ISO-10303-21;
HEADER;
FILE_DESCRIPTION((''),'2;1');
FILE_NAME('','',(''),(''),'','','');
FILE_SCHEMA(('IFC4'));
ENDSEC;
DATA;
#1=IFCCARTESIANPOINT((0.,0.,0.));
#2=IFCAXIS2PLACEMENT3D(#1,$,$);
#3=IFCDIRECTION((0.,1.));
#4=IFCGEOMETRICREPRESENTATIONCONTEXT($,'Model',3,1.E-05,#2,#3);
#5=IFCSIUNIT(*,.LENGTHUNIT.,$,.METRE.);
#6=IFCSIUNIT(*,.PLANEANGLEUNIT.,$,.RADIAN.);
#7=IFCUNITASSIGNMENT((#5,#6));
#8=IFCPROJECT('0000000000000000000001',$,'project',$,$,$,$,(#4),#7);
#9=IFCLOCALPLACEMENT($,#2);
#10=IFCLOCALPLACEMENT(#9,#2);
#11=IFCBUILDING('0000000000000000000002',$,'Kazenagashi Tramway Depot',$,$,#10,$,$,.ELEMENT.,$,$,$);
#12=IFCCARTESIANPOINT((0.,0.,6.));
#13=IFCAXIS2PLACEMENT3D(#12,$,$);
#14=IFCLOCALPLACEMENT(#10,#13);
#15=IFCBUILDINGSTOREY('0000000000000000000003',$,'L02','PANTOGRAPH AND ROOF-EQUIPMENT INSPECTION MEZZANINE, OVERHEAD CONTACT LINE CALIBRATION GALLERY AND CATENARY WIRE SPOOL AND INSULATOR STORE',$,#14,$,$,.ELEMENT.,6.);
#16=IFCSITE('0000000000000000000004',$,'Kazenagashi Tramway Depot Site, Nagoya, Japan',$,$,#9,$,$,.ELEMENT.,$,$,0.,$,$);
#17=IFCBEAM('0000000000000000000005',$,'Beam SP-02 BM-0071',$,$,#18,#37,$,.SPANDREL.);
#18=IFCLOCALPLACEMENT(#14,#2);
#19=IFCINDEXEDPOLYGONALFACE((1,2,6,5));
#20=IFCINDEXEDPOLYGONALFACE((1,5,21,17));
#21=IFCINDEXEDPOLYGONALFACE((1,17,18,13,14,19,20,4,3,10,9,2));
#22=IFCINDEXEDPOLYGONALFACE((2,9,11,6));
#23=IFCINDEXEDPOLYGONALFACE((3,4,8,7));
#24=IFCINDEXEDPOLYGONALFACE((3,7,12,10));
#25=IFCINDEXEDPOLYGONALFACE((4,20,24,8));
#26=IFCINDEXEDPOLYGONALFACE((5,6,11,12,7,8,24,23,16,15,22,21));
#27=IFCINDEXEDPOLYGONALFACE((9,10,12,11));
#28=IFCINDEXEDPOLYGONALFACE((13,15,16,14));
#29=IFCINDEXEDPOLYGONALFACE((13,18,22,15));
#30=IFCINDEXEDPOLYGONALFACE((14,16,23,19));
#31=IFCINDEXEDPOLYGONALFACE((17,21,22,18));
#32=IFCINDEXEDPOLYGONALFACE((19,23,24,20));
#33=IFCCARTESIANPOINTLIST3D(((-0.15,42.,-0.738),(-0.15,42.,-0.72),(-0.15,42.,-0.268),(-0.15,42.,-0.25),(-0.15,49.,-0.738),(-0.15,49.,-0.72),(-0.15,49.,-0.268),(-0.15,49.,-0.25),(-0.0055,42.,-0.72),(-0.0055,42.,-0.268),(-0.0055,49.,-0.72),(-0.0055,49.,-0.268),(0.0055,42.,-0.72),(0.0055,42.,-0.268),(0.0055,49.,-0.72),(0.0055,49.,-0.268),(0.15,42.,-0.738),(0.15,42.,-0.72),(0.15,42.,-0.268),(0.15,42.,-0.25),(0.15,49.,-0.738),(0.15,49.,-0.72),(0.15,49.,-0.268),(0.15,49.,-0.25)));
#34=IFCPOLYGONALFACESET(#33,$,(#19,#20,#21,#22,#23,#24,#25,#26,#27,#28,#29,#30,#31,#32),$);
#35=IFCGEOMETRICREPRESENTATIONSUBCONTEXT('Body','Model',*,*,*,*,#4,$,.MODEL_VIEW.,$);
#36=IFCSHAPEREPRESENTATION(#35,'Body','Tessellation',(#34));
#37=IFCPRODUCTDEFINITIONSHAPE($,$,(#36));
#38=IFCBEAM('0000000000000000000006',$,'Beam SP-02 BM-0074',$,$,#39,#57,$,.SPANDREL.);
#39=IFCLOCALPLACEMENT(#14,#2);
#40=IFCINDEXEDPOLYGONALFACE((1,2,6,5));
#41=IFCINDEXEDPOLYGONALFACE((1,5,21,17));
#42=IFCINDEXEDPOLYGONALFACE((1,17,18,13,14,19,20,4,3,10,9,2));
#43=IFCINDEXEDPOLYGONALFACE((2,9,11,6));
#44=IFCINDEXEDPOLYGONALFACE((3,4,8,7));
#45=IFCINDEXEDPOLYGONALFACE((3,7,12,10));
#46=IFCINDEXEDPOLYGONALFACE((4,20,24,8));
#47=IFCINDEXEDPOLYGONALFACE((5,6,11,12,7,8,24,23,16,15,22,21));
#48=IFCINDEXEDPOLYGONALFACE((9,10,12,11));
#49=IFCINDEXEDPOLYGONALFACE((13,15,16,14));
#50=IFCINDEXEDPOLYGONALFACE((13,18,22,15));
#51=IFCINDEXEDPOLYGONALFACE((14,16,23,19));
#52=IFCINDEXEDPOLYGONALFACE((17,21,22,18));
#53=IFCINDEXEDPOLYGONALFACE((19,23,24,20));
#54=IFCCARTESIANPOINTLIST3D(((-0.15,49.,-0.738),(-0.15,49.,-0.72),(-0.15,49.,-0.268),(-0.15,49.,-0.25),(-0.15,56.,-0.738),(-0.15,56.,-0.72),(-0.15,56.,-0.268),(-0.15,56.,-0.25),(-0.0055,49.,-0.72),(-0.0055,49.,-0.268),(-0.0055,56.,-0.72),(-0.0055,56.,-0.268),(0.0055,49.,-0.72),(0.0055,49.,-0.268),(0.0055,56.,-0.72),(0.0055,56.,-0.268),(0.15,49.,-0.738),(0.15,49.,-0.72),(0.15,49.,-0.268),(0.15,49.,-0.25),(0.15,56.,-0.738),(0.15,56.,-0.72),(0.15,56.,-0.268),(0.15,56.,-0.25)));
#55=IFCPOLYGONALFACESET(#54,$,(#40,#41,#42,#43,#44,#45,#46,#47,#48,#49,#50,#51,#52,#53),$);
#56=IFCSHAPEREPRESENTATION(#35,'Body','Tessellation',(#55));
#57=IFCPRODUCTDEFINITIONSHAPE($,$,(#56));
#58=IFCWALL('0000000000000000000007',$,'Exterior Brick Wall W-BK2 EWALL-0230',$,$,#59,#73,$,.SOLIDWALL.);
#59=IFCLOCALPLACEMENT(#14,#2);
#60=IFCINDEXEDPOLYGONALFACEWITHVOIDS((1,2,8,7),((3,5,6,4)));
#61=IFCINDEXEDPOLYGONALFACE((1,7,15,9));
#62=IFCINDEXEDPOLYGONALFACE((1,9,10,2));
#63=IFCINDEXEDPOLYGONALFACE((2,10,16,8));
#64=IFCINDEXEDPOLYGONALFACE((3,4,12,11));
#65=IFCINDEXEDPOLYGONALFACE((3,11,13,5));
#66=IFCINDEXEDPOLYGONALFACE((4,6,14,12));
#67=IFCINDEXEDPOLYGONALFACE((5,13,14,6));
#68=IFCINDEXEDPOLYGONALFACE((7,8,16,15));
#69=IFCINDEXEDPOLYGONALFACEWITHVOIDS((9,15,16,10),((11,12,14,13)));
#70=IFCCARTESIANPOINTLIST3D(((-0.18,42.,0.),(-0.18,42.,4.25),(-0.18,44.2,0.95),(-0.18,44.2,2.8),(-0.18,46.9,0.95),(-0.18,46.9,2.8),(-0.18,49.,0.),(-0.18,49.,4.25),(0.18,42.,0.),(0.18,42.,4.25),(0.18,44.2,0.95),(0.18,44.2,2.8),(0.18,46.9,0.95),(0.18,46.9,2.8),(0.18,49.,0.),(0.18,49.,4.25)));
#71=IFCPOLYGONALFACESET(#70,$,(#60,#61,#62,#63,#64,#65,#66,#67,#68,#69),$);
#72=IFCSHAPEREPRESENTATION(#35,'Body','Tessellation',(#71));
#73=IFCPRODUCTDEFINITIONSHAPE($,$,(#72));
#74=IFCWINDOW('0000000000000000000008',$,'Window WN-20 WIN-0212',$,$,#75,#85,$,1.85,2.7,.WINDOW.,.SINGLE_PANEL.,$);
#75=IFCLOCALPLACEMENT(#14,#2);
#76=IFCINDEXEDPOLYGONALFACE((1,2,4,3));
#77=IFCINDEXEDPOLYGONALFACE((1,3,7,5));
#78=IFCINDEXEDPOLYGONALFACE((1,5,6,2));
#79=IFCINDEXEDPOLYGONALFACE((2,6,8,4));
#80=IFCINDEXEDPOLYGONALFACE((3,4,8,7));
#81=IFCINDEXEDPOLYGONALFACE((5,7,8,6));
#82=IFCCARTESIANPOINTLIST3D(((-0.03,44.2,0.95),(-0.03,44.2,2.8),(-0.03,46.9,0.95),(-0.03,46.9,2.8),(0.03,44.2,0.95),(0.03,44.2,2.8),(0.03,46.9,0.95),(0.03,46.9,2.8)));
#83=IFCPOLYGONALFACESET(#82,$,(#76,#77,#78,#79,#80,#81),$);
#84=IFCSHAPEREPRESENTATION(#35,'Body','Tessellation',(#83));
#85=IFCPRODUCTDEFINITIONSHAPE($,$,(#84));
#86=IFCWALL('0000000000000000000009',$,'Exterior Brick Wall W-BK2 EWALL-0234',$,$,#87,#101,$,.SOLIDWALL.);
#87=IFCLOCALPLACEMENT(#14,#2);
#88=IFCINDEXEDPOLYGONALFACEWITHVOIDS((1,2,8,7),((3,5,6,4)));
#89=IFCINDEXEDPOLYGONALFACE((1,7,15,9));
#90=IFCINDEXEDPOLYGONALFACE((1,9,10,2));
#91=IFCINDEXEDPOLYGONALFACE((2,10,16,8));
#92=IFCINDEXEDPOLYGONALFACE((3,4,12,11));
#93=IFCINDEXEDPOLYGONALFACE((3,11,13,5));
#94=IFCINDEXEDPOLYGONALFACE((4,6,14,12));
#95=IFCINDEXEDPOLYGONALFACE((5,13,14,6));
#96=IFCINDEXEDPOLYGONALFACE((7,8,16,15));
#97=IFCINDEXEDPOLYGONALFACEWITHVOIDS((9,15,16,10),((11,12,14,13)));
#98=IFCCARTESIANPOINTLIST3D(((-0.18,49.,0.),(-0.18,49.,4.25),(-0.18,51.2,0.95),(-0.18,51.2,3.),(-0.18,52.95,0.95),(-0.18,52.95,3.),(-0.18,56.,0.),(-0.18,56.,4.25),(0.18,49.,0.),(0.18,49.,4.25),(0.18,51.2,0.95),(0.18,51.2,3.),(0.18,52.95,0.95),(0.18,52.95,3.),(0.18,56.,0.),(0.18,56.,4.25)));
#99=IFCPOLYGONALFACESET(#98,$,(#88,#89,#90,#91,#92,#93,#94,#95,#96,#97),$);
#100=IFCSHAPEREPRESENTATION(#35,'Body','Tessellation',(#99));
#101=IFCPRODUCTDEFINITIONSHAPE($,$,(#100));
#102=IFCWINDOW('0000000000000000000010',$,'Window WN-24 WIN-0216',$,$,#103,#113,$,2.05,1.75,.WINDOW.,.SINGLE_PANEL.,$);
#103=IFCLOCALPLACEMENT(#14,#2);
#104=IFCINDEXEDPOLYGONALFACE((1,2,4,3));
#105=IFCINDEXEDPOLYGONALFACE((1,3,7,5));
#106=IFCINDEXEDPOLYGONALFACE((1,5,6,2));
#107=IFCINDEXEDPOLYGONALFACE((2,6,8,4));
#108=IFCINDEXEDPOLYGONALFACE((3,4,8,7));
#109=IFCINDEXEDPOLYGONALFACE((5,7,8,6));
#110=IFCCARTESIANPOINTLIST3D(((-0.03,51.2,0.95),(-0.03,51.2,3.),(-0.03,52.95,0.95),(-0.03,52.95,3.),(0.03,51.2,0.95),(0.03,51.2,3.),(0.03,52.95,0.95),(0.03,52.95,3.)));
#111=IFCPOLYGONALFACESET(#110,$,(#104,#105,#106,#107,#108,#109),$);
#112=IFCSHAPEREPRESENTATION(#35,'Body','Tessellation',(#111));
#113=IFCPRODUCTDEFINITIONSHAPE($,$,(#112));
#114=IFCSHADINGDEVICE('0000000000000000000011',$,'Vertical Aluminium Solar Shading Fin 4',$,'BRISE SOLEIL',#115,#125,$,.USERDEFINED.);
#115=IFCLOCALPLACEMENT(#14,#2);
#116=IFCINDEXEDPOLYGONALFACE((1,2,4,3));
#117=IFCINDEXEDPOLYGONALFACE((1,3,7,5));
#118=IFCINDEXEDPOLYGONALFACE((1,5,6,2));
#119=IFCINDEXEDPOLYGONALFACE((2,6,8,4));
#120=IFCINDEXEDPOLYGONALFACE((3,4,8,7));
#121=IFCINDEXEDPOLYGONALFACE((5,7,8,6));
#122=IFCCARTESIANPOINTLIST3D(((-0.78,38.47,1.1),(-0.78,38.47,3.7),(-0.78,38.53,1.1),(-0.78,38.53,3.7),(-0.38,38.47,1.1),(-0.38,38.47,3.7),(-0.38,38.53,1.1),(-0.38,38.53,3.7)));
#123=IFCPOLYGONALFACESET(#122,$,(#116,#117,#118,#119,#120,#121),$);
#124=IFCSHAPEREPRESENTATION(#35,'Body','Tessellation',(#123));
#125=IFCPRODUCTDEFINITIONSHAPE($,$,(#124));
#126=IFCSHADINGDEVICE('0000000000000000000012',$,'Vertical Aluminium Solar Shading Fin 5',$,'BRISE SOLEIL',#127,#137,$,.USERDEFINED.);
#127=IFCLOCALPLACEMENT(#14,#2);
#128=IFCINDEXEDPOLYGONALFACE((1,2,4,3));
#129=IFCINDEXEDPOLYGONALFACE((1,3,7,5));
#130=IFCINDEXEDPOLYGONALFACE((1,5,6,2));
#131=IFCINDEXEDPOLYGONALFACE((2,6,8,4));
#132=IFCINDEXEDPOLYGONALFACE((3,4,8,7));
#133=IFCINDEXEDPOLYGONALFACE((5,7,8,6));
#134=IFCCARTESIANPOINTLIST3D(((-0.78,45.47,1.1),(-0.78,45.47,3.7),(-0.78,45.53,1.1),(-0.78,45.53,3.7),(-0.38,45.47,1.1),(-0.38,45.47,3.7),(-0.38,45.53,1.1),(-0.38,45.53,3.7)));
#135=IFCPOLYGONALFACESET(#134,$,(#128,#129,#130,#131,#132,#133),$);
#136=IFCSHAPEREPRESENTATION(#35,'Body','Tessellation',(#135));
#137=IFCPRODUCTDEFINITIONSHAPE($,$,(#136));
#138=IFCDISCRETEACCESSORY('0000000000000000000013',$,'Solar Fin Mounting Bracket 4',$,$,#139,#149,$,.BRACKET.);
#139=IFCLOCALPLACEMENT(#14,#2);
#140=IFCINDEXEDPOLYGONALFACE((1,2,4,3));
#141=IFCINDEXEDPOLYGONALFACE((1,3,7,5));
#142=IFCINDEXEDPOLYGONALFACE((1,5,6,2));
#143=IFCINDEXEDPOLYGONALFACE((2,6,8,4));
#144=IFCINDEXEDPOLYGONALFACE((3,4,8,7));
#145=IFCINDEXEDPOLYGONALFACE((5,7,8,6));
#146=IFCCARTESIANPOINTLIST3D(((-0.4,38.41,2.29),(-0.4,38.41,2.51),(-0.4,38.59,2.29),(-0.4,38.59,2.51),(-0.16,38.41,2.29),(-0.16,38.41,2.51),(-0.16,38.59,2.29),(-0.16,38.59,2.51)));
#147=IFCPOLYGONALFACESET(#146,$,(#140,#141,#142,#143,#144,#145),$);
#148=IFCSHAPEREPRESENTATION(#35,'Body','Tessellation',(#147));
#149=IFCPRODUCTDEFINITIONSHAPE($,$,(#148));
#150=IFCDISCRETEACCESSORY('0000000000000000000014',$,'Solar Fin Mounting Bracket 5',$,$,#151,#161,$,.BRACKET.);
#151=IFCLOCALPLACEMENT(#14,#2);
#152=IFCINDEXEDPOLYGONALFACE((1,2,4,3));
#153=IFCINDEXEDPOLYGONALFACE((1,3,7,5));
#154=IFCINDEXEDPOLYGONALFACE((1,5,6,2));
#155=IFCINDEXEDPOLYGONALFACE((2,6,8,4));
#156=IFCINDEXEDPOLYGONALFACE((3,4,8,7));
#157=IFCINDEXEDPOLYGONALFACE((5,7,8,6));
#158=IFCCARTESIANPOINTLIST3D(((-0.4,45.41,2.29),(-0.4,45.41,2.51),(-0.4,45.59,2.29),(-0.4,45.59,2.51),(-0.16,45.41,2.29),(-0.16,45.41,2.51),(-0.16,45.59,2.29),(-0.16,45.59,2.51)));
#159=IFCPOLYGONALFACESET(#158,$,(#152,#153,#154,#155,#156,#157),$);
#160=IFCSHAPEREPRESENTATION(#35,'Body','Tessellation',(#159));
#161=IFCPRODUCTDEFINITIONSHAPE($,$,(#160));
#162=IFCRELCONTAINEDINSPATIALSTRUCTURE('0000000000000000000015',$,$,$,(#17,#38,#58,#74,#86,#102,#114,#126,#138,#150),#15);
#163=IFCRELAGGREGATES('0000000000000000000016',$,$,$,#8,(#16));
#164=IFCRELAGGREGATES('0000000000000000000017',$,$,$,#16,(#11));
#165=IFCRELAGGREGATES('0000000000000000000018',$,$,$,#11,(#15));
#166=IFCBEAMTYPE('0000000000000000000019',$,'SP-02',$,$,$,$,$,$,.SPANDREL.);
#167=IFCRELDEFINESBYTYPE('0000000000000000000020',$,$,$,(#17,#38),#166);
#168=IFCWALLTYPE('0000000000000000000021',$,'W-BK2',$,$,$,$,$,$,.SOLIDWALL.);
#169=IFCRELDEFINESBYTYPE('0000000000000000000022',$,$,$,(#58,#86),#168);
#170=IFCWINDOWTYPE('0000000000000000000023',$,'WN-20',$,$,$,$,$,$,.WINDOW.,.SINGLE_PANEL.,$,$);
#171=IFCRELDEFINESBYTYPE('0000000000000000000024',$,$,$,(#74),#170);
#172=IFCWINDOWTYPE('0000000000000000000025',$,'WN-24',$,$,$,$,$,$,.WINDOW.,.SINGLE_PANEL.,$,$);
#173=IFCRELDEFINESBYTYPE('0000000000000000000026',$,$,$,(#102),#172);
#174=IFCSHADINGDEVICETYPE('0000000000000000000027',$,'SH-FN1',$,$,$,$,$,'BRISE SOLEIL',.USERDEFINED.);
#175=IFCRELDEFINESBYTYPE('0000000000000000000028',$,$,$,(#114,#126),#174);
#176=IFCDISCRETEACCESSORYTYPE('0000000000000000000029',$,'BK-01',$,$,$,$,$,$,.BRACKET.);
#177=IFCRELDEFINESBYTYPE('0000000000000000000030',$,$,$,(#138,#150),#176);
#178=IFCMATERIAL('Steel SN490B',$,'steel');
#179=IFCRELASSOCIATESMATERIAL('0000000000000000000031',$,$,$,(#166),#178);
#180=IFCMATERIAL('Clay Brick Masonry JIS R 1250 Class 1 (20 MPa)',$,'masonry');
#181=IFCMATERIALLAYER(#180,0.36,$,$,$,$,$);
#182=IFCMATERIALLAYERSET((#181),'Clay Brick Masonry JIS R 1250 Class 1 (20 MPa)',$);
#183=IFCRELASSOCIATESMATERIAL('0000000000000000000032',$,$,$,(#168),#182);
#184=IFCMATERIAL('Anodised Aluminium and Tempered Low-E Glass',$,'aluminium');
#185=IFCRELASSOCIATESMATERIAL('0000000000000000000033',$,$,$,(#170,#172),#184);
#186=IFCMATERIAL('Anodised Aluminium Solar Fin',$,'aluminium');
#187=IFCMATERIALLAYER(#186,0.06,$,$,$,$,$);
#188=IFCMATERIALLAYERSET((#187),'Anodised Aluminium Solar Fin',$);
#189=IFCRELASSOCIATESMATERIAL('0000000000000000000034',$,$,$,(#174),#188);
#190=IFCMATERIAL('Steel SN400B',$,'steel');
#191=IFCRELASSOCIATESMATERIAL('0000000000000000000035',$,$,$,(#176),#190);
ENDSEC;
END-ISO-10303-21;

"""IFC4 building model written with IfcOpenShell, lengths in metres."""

from ifc_helpers import new_model, si_unit, direction, frame, frame_2d, origin, origin_2d, place, context, subcontext, project, spatial, rectangle, i_section, extrude, material, layer, layer_set, material_profile, profile_set, type_object, element, fill, save


model = new_model("IFC4")

# Units and contexts
model_context = context("Model", 3, precision=1e-05, world=origin(), true_north=direction((0.0, 1.0)))
body_context = subcontext(model_context, "Body", "Model", "MODEL_VIEW")
ifc_project = project(units=[si_unit("LENGTHUNIT", "METRE"), si_unit("PLANEANGLEUNIT", "RADIAN")], contexts=[model_context])

# Site, building, storey
site_placement = place(None, origin())
site = spatial("IfcSite", under=ifc_project, at=site_placement, Name="Kazenagashi Tramway Depot Site, Nagoya, Japan", CompositionType="ELEMENT", RefElevation=0.0)
building_placement = place(site_placement, origin())
building = spatial("IfcBuilding", under=site, at=building_placement, Name="Kazenagashi Tramway Depot", CompositionType="ELEMENT")
storey_placement = place(building_placement, frame((0.0, 0.0, 6.0)))
storey = spatial("IfcBuildingStorey", under=building, at=storey_placement, Name="L02", Description="PANTOGRAPH AND ROOF-EQUIPMENT INSPECTION MEZZANINE, OVERHEAD CONTACT LINE CALIBRATION GALLERY AND CATENARY WIRE SPOOL AND INSULATOR STORE", CompositionType="ELEMENT", Elevation=6.0)

# Shared definitions
ifc_material_1 = material(Name="Steel SN490B", Category="steel")

# Beams
ifc_material_2 = material(Name="Steel SN400B", Category="steel")
ifc_material_profile_1 = material_profile(ifc_material_1, i_section(OverallWidth=0.3, OverallDepth=0.488, WebThickness=0.011, FlangeThickness=0.018, at=origin_2d()), Name="H-488x300x11x18")
ifc_profile_set_1 = profile_set([ifc_material_profile_1], Name="Steel SN490B")
beam_type_1 = type_object("IfcBeamType", Name="SP-02", PredefinedType="SPANDREL", material=ifc_profile_set_1)
for number, where, z_axis, x_axis, name in (
    (1, (0.0, 42.0, -0.494), (0.0, 1.0, 0.0), (-1.0, 0.0, 0.0), "Beam SP-02 BM-0071"),
    (2, (0.0, 49.0, -0.494), (0.0, 1.0, 0.0), (-1.0, 0.0, 0.0), "Beam SP-02 BM-0074"),
):
    element("IfcBeam", number, at=place(storey_placement, frame(where, z_axis=z_axis, x_axis=x_axis)), inside=storey, type_object=beam_type_1, Name=name, PredefinedType="SPANDREL", context=body_context, shape_type="SweptSolid", body=[
        extrude(i_section(OverallWidth=0.3, OverallDepth=0.488, WebThickness=0.011, FlangeThickness=0.018, at=origin_2d()), origin(), (0.0, 0.0, 1.0), 7.0),
    ])

# Walls, openings, windows
ifc_material_3 = material(Name="Clay Brick Masonry JIS R 1250 Class 1 (20 MPa)", Category="masonry")
ifc_layer_1 = layer(ifc_material_3, 0.36)
ifc_layer_set_1 = layer_set([ifc_layer_1], Name="Clay Brick Masonry JIS R 1250 Class 1 (20 MPa)")
wall_type = type_object("IfcWallType", Name="W-BK2", PredefinedType="SOLIDWALL", material=ifc_layer_set_1)
wall_1_placement = place(storey_placement, frame((0.0, 42.0, 0.0), z_axis=(0.0, 0.0, 1.0), x_axis=(0.0, 1.0, 0.0)))
wall_1 = element("IfcWall", 3, at=wall_1_placement, inside=storey, type_object=wall_type, Name="Exterior Brick Wall W-BK2 EWALL-0230", PredefinedType="SOLIDWALL", context=body_context, shape_type="SweptSolid", body=[
    extrude(rectangle(XDim=7.0, YDim=0.36, at=frame_2d((3.5, 0.0))), origin(), (0.0, 0.0, 1.0), 4.25),
])
opening_1_placement = place(wall_1_placement, frame((2.2, 0.0, 0.95)))
opening_1 = element("IfcOpeningElement", 4, at=opening_1_placement, cuts=wall_1, PredefinedType="OPENING", context=body_context, shape_type="SweptSolid", body=[
    extrude(rectangle(XDim=2.7, YDim=1.85, at=frame_2d((1.35, 0.925))), frame((0.0, 0.19, 0.0), z_axis=(0.0, -1.0, 0.0), x_axis=(1.0, 0.0, 0.0)), (0.0, 0.0, 1.0), 0.38),
])
ifc_material_4 = material(Name="Anodised Aluminium and Tempered Low-E Glass", Category="aluminium")
window_type_1 = type_object("IfcWindowType", Name="WN-20", PartitioningType="SINGLE_PANEL", PredefinedType="WINDOW", material=ifc_material_4)
window_1_placement = place(opening_1_placement, origin())
window_1 = element("IfcWindow", 5, at=window_1_placement, inside=storey, type_object=window_type_1, Name="Window WN-20 WIN-0212", OverallHeight=1.85, OverallWidth=2.7, PartitioningType="SINGLE_PANEL", PredefinedType="WINDOW", context=body_context, shape_type="SweptSolid", body=[
    extrude(rectangle(XDim=2.7, YDim=1.85, at=frame_2d((1.35, 0.925))), frame((0.0, 0.03, 0.0), z_axis=(0.0, -1.0, 0.0), x_axis=(1.0, 0.0, 0.0)), (0.0, 0.0, 1.0), 0.06),
])
fill(opening_1, window_1)
wall_2_placement = place(storey_placement, frame((0.0, 49.0, 0.0), z_axis=(0.0, 0.0, 1.0), x_axis=(0.0, 1.0, 0.0)))
wall_2 = element("IfcWall", 6, at=wall_2_placement, inside=storey, type_object=wall_type, Name="Exterior Brick Wall W-BK2 EWALL-0234", PredefinedType="SOLIDWALL", context=body_context, shape_type="SweptSolid", body=[
    extrude(rectangle(XDim=7.0, YDim=0.36, at=frame_2d((3.5, 0.0))), origin(), (0.0, 0.0, 1.0), 4.25),
])
opening_2_placement = place(wall_2_placement, frame((2.2, 0.0, 0.95)))
opening_2 = element("IfcOpeningElement", 7, at=opening_2_placement, cuts=wall_2, PredefinedType="OPENING", context=body_context, shape_type="SweptSolid", body=[
    extrude(rectangle(XDim=1.75, YDim=2.05, at=frame_2d((0.875, 1.025))), frame((0.0, 0.19, 0.0), z_axis=(0.0, -1.0, 0.0), x_axis=(1.0, 0.0, 0.0)), (0.0, 0.0, 1.0), 0.38),
])
window_type_2 = type_object("IfcWindowType", Name="WN-24", PartitioningType="SINGLE_PANEL", PredefinedType="WINDOW", material=ifc_material_4)
window_2_placement = place(opening_2_placement, origin())
window_2 = element("IfcWindow", 8, at=window_2_placement, inside=storey, type_object=window_type_2, Name="Window WN-24 WIN-0216", OverallHeight=2.05, OverallWidth=1.75, PartitioningType="SINGLE_PANEL", PredefinedType="WINDOW", context=body_context, shape_type="SweptSolid", body=[
    extrude(rectangle(XDim=1.75, YDim=2.05, at=frame_2d((0.875, 1.025))), frame((0.0, 0.03, 0.0), z_axis=(0.0, -1.0, 0.0), x_axis=(1.0, 0.0, 0.0)), (0.0, 0.0, 1.0), 0.06),
])
fill(opening_2, window_2)

# Shading devices
ifc_material_5 = material(Name="Anodised Aluminium Solar Fin", Category="aluminium")
ifc_layer_2 = layer(ifc_material_5, 0.06)
ifc_layer_set_2 = layer_set([ifc_layer_2], Name="Anodised Aluminium Solar Fin")
shading_device_type = type_object("IfcShadingDeviceType", Name="SH-FN1", ElementType="BRISE SOLEIL", PredefinedType="USERDEFINED", material=ifc_layer_set_2)
for number, where, z_axis, x_axis, name in (
    (9, (-0.58, 38.5, 1.1), (0.0, 0.0, 1.0), (1.0, 0.0, 0.0), "Vertical Aluminium Solar Shading Fin 4"),
    (10, (-0.58, 45.5, 1.1), (0.0, 0.0, 1.0), (1.0, 0.0, 0.0), "Vertical Aluminium Solar Shading Fin 5"),
):
    element("IfcShadingDevice", number, at=place(storey_placement, frame(where, z_axis=z_axis, x_axis=x_axis)), inside=storey, type_object=shading_device_type, Name=name, ObjectType="BRISE SOLEIL", PredefinedType="USERDEFINED", context=body_context, shape_type="SweptSolid", body=[
        extrude(rectangle(XDim=0.4, YDim=0.06, at=origin_2d()), origin(), (0.0, 0.0, 1.0), 2.6),
    ])

# Discrete accessories
discrete_accessory_type = type_object("IfcDiscreteAccessoryType", Name="BK-01", PredefinedType="BRACKET", material=ifc_material_2)
for number, where, z_axis, x_axis, name in (
    (11, (-0.28, 38.5, 2.29), (0.0, 0.0, 1.0), (1.0, 0.0, 0.0), "Solar Fin Mounting Bracket 4"),
    (12, (-0.28, 45.5, 2.29), (0.0, 0.0, 1.0), (1.0, 0.0, 0.0), "Solar Fin Mounting Bracket 5"),
):
    element("IfcDiscreteAccessory", number, at=place(storey_placement, frame(where, z_axis=z_axis, x_axis=x_axis)), inside=storey, type_object=discrete_accessory_type, Name=name, PredefinedType="BRACKET", context=body_context, shape_type="SweptSolid", body=[
        extrude(rectangle(XDim=0.24, YDim=0.18, at=origin_2d()), origin(), (0.0, 0.0, 1.0), 0.22),
    ])

save(model, "model.ifc")
